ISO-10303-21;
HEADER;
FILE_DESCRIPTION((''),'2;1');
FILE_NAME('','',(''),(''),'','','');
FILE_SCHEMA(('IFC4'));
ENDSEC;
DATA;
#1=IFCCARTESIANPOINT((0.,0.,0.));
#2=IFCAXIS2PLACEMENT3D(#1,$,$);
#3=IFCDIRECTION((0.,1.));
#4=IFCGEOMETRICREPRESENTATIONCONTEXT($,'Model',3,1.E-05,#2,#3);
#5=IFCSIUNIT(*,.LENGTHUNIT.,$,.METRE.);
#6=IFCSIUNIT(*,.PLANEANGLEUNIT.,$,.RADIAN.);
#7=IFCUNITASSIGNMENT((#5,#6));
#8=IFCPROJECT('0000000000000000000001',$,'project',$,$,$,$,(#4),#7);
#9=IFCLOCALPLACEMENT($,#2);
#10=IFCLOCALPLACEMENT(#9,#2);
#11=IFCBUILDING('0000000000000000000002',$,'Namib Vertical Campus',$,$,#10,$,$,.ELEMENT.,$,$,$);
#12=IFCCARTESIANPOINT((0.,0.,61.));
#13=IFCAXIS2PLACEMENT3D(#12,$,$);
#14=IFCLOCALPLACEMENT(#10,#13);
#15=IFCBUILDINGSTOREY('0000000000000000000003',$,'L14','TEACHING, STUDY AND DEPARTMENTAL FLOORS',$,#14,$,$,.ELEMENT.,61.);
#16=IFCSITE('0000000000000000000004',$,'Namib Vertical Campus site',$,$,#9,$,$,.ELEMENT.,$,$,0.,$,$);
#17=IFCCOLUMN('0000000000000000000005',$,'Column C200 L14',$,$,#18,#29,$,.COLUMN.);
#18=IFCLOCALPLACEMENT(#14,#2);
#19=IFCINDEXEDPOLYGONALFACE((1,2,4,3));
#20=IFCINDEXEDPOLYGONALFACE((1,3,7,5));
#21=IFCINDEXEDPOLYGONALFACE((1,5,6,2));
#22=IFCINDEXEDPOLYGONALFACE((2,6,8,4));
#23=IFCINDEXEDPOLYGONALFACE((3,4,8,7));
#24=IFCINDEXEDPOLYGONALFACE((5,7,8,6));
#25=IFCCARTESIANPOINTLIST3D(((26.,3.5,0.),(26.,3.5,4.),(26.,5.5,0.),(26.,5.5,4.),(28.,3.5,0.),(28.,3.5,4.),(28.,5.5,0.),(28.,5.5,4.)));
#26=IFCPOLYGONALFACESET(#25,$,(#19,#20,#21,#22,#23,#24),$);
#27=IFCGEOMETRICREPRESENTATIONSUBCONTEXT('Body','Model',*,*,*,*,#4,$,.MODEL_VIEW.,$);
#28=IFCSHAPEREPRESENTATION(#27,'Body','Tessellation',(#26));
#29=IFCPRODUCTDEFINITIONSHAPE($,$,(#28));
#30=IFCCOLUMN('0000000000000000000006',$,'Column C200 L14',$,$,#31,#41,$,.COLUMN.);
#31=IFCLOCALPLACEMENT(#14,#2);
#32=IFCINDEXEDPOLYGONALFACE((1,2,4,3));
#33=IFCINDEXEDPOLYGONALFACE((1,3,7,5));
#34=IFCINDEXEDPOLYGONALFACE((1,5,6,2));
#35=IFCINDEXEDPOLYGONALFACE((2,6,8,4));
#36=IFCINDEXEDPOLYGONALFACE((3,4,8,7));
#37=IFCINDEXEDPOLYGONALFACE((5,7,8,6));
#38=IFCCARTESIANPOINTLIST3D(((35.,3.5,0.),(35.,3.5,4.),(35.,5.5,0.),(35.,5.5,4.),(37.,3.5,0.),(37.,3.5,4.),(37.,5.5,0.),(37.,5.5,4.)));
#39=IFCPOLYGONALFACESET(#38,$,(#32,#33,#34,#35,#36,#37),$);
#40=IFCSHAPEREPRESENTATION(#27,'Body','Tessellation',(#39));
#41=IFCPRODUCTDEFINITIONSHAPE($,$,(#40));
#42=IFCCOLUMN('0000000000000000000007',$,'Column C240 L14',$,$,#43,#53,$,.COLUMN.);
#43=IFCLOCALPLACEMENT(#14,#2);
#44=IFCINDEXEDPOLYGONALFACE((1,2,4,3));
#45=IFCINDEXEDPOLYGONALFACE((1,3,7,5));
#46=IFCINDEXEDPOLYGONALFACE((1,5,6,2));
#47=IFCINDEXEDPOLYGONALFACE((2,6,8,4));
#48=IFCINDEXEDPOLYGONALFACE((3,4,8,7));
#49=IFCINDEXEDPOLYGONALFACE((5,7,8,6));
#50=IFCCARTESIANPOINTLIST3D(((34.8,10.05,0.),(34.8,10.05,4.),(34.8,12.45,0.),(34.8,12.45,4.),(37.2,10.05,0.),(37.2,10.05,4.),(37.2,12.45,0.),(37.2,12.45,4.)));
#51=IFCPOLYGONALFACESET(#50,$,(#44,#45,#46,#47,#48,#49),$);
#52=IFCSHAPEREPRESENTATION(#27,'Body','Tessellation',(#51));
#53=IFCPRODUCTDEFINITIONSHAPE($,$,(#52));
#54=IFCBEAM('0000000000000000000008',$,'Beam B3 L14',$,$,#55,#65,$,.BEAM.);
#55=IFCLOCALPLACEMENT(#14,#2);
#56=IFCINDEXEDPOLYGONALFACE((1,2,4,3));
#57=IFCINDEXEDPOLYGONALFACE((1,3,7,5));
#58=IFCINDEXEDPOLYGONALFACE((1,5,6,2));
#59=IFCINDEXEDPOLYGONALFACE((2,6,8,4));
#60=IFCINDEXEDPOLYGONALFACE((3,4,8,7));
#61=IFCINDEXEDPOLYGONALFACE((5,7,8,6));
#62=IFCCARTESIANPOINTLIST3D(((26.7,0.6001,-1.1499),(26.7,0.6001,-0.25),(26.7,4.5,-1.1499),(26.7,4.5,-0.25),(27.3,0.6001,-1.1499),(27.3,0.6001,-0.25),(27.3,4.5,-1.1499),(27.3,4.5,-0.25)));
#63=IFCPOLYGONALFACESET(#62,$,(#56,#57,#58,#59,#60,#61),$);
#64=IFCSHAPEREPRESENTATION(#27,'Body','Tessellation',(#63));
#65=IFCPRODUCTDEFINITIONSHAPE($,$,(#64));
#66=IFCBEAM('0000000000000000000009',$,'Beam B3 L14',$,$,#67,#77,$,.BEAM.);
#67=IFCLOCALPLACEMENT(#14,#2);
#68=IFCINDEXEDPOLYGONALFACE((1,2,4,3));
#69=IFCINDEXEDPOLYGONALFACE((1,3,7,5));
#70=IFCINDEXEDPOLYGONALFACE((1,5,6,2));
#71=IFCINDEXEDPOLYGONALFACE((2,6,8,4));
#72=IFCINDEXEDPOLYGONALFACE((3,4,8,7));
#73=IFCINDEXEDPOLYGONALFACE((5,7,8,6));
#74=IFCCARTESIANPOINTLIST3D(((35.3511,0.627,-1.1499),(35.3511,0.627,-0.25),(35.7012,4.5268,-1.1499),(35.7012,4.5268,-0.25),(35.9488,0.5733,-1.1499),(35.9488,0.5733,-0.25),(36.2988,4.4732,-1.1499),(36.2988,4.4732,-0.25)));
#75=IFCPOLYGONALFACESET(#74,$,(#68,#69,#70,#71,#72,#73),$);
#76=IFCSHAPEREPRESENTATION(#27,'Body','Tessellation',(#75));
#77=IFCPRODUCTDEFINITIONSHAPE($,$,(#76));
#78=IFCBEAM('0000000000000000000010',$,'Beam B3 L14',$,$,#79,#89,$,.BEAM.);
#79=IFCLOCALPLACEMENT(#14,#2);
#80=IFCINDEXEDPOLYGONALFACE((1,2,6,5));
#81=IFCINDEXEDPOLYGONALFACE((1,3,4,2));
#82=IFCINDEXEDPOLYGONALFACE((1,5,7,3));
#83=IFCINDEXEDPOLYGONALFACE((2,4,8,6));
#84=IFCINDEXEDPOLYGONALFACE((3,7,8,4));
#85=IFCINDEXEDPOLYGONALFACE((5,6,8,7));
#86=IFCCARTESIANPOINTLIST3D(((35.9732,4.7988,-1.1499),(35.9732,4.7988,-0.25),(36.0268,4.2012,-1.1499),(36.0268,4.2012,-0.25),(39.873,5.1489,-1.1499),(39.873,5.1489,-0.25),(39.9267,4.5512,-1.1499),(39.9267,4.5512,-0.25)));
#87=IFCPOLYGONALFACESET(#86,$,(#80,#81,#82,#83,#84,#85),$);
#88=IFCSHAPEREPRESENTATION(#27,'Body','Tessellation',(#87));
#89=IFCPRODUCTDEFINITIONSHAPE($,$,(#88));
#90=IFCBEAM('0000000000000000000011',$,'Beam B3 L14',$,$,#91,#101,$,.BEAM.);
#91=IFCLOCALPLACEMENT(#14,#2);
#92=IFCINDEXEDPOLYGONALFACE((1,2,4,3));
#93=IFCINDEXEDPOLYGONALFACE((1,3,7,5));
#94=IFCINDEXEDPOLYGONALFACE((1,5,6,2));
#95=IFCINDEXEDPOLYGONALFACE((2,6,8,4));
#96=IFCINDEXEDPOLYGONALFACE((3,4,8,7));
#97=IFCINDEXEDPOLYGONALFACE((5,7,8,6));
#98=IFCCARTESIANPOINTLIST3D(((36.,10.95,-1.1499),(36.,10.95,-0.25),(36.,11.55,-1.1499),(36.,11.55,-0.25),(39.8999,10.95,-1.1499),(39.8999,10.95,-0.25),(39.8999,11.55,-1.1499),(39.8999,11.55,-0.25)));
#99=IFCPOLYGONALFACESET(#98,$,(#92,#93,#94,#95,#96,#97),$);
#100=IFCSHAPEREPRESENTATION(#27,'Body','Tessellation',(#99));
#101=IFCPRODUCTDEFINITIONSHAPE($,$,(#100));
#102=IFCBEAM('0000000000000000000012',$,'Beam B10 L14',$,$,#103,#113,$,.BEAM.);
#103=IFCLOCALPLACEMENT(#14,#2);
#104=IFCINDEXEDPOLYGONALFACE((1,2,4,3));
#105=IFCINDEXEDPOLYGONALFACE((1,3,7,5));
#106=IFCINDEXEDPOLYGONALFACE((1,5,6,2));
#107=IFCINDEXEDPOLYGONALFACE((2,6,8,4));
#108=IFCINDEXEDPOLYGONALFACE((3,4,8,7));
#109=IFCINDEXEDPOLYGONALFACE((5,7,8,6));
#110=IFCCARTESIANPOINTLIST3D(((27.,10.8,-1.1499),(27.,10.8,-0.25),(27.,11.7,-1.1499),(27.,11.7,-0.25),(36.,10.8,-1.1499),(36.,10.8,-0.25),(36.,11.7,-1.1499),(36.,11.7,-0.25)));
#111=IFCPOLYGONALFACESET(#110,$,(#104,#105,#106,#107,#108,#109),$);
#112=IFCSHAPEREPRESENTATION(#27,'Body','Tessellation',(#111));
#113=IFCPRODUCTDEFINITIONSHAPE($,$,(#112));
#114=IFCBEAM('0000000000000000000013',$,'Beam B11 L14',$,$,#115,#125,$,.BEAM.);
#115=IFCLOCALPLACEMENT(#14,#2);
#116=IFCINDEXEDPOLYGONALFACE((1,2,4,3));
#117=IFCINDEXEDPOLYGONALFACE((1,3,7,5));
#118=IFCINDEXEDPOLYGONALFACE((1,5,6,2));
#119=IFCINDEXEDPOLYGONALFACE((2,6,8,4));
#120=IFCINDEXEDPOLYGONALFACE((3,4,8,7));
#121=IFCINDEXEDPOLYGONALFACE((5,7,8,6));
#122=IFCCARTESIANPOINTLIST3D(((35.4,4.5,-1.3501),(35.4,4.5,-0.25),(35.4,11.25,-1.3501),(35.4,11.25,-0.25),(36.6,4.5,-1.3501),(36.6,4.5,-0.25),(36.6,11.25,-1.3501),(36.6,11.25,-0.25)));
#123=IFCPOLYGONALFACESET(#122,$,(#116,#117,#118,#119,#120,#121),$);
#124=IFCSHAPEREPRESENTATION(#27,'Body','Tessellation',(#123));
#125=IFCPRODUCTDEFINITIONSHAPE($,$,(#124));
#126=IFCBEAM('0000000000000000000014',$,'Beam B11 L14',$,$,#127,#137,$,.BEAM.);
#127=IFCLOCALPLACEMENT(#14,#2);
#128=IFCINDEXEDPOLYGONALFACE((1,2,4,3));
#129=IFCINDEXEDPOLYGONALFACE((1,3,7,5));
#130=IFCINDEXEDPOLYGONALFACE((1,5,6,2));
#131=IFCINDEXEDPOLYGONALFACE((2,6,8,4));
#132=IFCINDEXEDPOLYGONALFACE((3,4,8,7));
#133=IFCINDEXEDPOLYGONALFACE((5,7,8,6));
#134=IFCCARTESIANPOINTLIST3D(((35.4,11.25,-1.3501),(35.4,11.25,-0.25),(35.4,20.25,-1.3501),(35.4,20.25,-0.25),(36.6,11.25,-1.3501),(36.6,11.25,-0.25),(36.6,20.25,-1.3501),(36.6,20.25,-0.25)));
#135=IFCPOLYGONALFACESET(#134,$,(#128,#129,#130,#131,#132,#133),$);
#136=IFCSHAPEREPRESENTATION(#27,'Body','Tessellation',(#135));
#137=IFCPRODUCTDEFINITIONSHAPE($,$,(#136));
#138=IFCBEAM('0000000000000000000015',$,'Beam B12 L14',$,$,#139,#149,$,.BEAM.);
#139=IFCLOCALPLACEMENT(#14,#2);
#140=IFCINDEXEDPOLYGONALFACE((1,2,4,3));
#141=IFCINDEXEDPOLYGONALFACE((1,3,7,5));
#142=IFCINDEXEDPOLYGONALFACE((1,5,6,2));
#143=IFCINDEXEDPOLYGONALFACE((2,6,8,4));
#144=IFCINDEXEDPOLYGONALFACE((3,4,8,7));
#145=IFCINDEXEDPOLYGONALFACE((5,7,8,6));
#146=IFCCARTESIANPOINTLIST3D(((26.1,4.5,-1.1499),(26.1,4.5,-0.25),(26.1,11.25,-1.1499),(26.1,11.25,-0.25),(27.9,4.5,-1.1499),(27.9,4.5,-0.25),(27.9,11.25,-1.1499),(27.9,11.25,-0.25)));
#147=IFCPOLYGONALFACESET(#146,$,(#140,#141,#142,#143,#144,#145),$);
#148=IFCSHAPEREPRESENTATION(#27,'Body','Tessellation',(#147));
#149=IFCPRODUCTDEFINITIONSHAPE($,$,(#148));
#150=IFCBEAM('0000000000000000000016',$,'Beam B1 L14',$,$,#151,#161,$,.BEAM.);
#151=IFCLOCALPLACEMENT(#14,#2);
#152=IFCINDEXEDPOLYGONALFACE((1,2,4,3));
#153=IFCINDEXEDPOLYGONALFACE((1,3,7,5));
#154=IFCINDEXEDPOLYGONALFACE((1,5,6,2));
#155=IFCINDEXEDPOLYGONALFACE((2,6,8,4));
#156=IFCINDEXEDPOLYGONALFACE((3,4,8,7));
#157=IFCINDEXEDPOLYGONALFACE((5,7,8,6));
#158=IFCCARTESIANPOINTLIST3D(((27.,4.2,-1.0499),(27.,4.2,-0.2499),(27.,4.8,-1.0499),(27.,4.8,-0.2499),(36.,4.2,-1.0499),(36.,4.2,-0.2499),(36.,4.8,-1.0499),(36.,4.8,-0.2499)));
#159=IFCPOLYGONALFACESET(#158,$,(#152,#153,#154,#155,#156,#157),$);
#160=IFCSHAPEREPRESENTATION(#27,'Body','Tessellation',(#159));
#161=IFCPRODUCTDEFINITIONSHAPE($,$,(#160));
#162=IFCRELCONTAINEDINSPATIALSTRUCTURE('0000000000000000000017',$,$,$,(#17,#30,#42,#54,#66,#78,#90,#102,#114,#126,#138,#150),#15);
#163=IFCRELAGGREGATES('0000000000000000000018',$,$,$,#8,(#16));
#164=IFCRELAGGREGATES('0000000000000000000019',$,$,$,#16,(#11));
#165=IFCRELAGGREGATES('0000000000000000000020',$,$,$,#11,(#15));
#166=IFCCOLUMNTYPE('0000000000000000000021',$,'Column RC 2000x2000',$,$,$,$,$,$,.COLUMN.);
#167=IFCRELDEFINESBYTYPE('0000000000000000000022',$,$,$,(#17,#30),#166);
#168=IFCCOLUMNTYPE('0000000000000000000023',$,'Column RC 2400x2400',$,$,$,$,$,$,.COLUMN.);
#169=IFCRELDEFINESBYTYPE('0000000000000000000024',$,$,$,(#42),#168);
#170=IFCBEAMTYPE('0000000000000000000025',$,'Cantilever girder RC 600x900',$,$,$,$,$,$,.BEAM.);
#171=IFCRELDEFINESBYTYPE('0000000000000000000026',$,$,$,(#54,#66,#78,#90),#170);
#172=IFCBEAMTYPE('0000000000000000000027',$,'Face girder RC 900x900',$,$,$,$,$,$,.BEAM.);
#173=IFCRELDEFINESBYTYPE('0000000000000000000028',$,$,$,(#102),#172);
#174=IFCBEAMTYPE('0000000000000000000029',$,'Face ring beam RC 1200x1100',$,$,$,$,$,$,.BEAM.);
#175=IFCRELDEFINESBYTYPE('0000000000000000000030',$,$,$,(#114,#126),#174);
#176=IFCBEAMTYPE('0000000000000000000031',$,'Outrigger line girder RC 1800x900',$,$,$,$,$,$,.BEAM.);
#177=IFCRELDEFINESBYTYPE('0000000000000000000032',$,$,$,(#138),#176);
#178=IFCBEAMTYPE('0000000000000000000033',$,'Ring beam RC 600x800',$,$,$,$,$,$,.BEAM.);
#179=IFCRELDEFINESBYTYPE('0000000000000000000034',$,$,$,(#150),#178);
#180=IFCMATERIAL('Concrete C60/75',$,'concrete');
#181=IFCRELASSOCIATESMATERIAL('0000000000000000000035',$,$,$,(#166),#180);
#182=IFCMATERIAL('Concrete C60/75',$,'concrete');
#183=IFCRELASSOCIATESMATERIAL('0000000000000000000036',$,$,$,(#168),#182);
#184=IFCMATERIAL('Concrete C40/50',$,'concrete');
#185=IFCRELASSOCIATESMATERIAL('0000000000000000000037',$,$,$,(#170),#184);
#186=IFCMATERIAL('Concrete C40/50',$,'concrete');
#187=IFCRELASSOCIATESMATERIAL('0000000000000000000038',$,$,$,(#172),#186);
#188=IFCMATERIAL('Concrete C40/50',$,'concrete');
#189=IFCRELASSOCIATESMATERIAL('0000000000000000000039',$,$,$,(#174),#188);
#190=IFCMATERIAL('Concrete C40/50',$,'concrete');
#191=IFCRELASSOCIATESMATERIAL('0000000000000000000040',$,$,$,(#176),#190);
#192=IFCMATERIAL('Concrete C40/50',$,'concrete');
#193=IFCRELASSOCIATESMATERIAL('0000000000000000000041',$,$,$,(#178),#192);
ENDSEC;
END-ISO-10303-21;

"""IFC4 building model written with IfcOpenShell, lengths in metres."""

from ifc_helpers import new_model, si_unit, direction, frame, origin, origin_2d, place, context, subcontext, project, spatial, rectangle, extrude, material, material_profile, profile_set, type_object, element, save


model = new_model("IFC4")

# Units and contexts
model_context = context("Model", 3, precision=1e-05, world=origin(), true_north=direction((0.0, 1.0)))
body_context = subcontext(model_context, "Body", "Model", "MODEL_VIEW")
ifc_project = project(units=[si_unit("LENGTHUNIT", "METRE"), si_unit("PLANEANGLEUNIT", "RADIAN")], contexts=[model_context])

# Site, building, storey
site_placement = place(None, origin())
site = spatial("IfcSite", under=ifc_project, at=site_placement, Name="Namib Vertical Campus site", CompositionType="ELEMENT", RefElevation=0.0)
building_placement = place(site_placement, origin())
building = spatial("IfcBuilding", under=site, at=building_placement, Name="Namib Vertical Campus", CompositionType="ELEMENT")
storey_placement = place(building_placement, frame((0.0, 0.0, 61.0)))
storey = spatial("IfcBuildingStorey", under=building, at=storey_placement, Name="L14", Description="TEACHING, STUDY AND DEPARTMENTAL FLOORS", CompositionType="ELEMENT", Elevation=61.0)

# Columns
ifc_material_1 = material(Name="Concrete C60/75", Category="concrete")
ifc_material_profile_1 = material_profile(ifc_material_1, rectangle(XDim=2.0, YDim=2.0, at=origin_2d()))
ifc_profile_set_1 = profile_set([ifc_material_profile_1], Name="Concrete C60/75")
column_type_1 = type_object("IfcColumnType", Name="Column RC 2000x2000", PredefinedType="COLUMN", material=ifc_profile_set_1)
for number, where, z_axis, x_axis, name in (
    (1, (27.0, 4.5, 0.0), (0.0, 0.0, 1.0), (1.0, 0.0, 0.0), "Column C200 L14"),
    (2, (36.0, 4.5, 0.0), (0.0, 0.0, 1.0), (1.0, 0.0, 0.0), "Column C200 L14"),
):
    element("IfcColumn", number, at=place(storey_placement, frame(where, z_axis=z_axis, x_axis=x_axis)), inside=storey, type_object=column_type_1, Name=name, PredefinedType="COLUMN", context=body_context, shape_type="SweptSolid", body=[
        extrude(rectangle(XDim=2.0, YDim=2.0, at=origin_2d()), origin(), (0.0, 0.0, 1.0), 4.0),
    ])
ifc_material_2 = material(Name="Concrete C60/75", Category="concrete")
ifc_material_profile_2 = material_profile(ifc_material_2, rectangle(XDim=2.3999, YDim=2.3999, at=origin_2d()))
ifc_profile_set_2 = profile_set([ifc_material_profile_2], Name="Concrete C60/75")
column_type_2 = type_object("IfcColumnType", Name="Column RC 2400x2400", PredefinedType="COLUMN", material=ifc_profile_set_2)
column_placement = place(storey_placement, frame((36.0, 11.25, 0.0), z_axis=(0.0, 0.0, 1.0), x_axis=(1.0, 0.0, 0.0)))
element("IfcColumn", 3, at=column_placement, inside=storey, type_object=column_type_2, Name="Column C240 L14", PredefinedType="COLUMN", context=body_context, shape_type="SweptSolid", body=[
    extrude(rectangle(XDim=2.3999, YDim=2.3999, at=origin_2d()), origin(), (0.0, 0.0, 1.0), 4.0),
])

# Beams
ifc_material_3 = material(Name="Concrete C40/50", Category="concrete")
ifc_material_profile_3 = material_profile(ifc_material_3, rectangle(XDim=0.6001, YDim=0.8999, at=origin_2d()))
ifc_profile_set_3 = profile_set([ifc_material_profile_3], Name="Concrete C40/50")
beam_type_1 = type_object("IfcBeamType", Name="Cantilever girder RC 600x900", PredefinedType="BEAM", material=ifc_profile_set_3)
beam_1_placement = place(storey_placement, frame((27.0, 4.5, -0.7), z_axis=(0.0, -1.0, 0.0), x_axis=(1.0, 0.0, 0.0)))
element("IfcBeam", 4, at=beam_1_placement, inside=storey, type_object=beam_type_1, Name="Beam B3 L14", PredefinedType="BEAM", context=body_context, shape_type="SweptSolid", body=[
    extrude(rectangle(XDim=0.6001, YDim=0.8999, at=origin_2d()), origin(), (0.0, 0.0, 1.0), 3.8999),
])
for number, where, z_axis, x_axis, name in (
    (5, (36.0, 4.5, -0.7), (-0.089411, -0.995995, 0.0), (0.995995, -0.089411, 0.0), "Beam B3 L14"),
    (6, (36.0, 4.5, -0.7), (0.995995, 0.089411, 0.0), (-0.089411, 0.995995, 0.0), "Beam B3 L14"),
):
    element("IfcBeam", number, at=place(storey_placement, frame(where, z_axis=z_axis, x_axis=x_axis)), inside=storey, type_object=beam_type_1, Name=name, PredefinedType="BEAM", context=body_context, shape_type="SweptSolid", body=[
        extrude(rectangle(XDim=0.6001, YDim=0.8999, at=origin_2d()), origin(), (0.0, 0.0, 1.0), 3.9155),
    ])
beam_2_placement = place(storey_placement, frame((36.0, 11.25, -0.7), z_axis=(1.0, 0.0, 0.0), x_axis=(0.0, 1.0, 0.0)))
element("IfcBeam", 7, at=beam_2_placement, inside=storey, type_object=beam_type_1, Name="Beam B3 L14", PredefinedType="BEAM", context=body_context, shape_type="SweptSolid", body=[
    extrude(rectangle(XDim=0.6001, YDim=0.8999, at=origin_2d()), origin(), (0.0, 0.0, 1.0), 3.8999),
])
ifc_material_4 = material(Name="Concrete C40/50", Category="concrete")
ifc_material_profile_4 = material_profile(ifc_material_4, rectangle(XDim=0.8999, YDim=0.8999, at=origin_2d()))
ifc_profile_set_4 = profile_set([ifc_material_profile_4], Name="Concrete C40/50")
beam_type_2 = type_object("IfcBeamType", Name="Face girder RC 900x900", PredefinedType="BEAM", material=ifc_profile_set_4)
beam_3_placement = place(storey_placement, frame((36.0, 11.25, -0.7), z_axis=(-1.0, 0.0, 0.0), x_axis=(0.0, -1.0, 0.0)))
element("IfcBeam", 8, at=beam_3_placement, inside=storey, type_object=beam_type_2, Name="Beam B10 L14", PredefinedType="BEAM", context=body_context, shape_type="SweptSolid", body=[
    extrude(rectangle(XDim=0.8999, YDim=0.8999, at=origin_2d()), origin(), (0.0, 0.0, 1.0), 9.0),
])
ifc_material_5 = material(Name="Concrete C40/50", Category="concrete")
ifc_material_profile_5 = material_profile(ifc_material_5, rectangle(XDim=1.2, YDim=1.1001, at=origin_2d()))
ifc_profile_set_5 = profile_set([ifc_material_profile_5], Name="Concrete C40/50")
beam_type_3 = type_object("IfcBeamType", Name="Face ring beam RC 1200x1100", PredefinedType="BEAM", material=ifc_profile_set_5)
beam_4_placement = place(storey_placement, frame((36.0, 4.5, -0.8), z_axis=(0.0, 1.0, 0.0), x_axis=(-1.0, 0.0, 0.0)))
element("IfcBeam", 9, at=beam_4_placement, inside=storey, type_object=beam_type_3, Name="Beam B11 L14", PredefinedType="BEAM", context=body_context, shape_type="SweptSolid", body=[
    extrude(rectangle(XDim=1.2, YDim=1.1001, at=origin_2d()), origin(), (0.0, 0.0, 1.0), 6.75),
])
beam_5_placement = place(storey_placement, frame((36.0, 11.25, -0.8), z_axis=(0.0, 1.0, 0.0), x_axis=(-1.0, 0.0, 0.0)))
element("IfcBeam", 10, at=beam_5_placement, inside=storey, type_object=beam_type_3, Name="Beam B11 L14", PredefinedType="BEAM", context=body_context, shape_type="SweptSolid", body=[
    extrude(rectangle(XDim=1.2, YDim=1.1001, at=origin_2d()), origin(), (0.0, 0.0, 1.0), 9.0),
])
ifc_material_6 = material(Name="Concrete C40/50", Category="concrete")
ifc_material_profile_6 = material_profile(ifc_material_6, rectangle(XDim=1.8, YDim=0.8999, at=origin_2d()))
ifc_profile_set_6 = profile_set([ifc_material_profile_6], Name="Concrete C40/50")
beam_type_4 = type_object("IfcBeamType", Name="Outrigger line girder RC 1800x900", PredefinedType="BEAM", material=ifc_profile_set_6)
beam_6_placement = place(storey_placement, frame((27.0, 4.5, -0.7), z_axis=(0.0, 1.0, 0.0), x_axis=(-1.0, 0.0, 0.0)))
element("IfcBeam", 11, at=beam_6_placement, inside=storey, type_object=beam_type_4, Name="Beam B12 L14", PredefinedType="BEAM", context=body_context, shape_type="SweptSolid", body=[
    extrude(rectangle(XDim=1.8, YDim=0.8999, at=origin_2d()), origin(), (0.0, 0.0, 1.0), 6.75),
])
ifc_material_7 = material(Name="Concrete C40/50", Category="concrete")
ifc_material_profile_7 = material_profile(ifc_material_7, rectangle(XDim=0.6001, YDim=0.8, at=origin_2d()))
ifc_profile_set_7 = profile_set([ifc_material_profile_7], Name="Concrete C40/50")
beam_type_5 = type_object("IfcBeamType", Name="Ring beam RC 600x800", PredefinedType="BEAM", material=ifc_profile_set_7)
beam_7_placement = place(storey_placement, frame((27.0, 4.5, -0.6499), z_axis=(1.0, 0.0, 0.0), x_axis=(0.0, 1.0, 0.0)))
element("IfcBeam", 12, at=beam_7_placement, inside=storey, type_object=beam_type_5, Name="Beam B1 L14", PredefinedType="BEAM", context=body_context, shape_type="SweptSolid", body=[
    extrude(rectangle(XDim=0.6001, YDim=0.8, at=origin_2d()), origin(), (0.0, 0.0, 1.0), 9.0),
])

save(model, "model.ifc")
